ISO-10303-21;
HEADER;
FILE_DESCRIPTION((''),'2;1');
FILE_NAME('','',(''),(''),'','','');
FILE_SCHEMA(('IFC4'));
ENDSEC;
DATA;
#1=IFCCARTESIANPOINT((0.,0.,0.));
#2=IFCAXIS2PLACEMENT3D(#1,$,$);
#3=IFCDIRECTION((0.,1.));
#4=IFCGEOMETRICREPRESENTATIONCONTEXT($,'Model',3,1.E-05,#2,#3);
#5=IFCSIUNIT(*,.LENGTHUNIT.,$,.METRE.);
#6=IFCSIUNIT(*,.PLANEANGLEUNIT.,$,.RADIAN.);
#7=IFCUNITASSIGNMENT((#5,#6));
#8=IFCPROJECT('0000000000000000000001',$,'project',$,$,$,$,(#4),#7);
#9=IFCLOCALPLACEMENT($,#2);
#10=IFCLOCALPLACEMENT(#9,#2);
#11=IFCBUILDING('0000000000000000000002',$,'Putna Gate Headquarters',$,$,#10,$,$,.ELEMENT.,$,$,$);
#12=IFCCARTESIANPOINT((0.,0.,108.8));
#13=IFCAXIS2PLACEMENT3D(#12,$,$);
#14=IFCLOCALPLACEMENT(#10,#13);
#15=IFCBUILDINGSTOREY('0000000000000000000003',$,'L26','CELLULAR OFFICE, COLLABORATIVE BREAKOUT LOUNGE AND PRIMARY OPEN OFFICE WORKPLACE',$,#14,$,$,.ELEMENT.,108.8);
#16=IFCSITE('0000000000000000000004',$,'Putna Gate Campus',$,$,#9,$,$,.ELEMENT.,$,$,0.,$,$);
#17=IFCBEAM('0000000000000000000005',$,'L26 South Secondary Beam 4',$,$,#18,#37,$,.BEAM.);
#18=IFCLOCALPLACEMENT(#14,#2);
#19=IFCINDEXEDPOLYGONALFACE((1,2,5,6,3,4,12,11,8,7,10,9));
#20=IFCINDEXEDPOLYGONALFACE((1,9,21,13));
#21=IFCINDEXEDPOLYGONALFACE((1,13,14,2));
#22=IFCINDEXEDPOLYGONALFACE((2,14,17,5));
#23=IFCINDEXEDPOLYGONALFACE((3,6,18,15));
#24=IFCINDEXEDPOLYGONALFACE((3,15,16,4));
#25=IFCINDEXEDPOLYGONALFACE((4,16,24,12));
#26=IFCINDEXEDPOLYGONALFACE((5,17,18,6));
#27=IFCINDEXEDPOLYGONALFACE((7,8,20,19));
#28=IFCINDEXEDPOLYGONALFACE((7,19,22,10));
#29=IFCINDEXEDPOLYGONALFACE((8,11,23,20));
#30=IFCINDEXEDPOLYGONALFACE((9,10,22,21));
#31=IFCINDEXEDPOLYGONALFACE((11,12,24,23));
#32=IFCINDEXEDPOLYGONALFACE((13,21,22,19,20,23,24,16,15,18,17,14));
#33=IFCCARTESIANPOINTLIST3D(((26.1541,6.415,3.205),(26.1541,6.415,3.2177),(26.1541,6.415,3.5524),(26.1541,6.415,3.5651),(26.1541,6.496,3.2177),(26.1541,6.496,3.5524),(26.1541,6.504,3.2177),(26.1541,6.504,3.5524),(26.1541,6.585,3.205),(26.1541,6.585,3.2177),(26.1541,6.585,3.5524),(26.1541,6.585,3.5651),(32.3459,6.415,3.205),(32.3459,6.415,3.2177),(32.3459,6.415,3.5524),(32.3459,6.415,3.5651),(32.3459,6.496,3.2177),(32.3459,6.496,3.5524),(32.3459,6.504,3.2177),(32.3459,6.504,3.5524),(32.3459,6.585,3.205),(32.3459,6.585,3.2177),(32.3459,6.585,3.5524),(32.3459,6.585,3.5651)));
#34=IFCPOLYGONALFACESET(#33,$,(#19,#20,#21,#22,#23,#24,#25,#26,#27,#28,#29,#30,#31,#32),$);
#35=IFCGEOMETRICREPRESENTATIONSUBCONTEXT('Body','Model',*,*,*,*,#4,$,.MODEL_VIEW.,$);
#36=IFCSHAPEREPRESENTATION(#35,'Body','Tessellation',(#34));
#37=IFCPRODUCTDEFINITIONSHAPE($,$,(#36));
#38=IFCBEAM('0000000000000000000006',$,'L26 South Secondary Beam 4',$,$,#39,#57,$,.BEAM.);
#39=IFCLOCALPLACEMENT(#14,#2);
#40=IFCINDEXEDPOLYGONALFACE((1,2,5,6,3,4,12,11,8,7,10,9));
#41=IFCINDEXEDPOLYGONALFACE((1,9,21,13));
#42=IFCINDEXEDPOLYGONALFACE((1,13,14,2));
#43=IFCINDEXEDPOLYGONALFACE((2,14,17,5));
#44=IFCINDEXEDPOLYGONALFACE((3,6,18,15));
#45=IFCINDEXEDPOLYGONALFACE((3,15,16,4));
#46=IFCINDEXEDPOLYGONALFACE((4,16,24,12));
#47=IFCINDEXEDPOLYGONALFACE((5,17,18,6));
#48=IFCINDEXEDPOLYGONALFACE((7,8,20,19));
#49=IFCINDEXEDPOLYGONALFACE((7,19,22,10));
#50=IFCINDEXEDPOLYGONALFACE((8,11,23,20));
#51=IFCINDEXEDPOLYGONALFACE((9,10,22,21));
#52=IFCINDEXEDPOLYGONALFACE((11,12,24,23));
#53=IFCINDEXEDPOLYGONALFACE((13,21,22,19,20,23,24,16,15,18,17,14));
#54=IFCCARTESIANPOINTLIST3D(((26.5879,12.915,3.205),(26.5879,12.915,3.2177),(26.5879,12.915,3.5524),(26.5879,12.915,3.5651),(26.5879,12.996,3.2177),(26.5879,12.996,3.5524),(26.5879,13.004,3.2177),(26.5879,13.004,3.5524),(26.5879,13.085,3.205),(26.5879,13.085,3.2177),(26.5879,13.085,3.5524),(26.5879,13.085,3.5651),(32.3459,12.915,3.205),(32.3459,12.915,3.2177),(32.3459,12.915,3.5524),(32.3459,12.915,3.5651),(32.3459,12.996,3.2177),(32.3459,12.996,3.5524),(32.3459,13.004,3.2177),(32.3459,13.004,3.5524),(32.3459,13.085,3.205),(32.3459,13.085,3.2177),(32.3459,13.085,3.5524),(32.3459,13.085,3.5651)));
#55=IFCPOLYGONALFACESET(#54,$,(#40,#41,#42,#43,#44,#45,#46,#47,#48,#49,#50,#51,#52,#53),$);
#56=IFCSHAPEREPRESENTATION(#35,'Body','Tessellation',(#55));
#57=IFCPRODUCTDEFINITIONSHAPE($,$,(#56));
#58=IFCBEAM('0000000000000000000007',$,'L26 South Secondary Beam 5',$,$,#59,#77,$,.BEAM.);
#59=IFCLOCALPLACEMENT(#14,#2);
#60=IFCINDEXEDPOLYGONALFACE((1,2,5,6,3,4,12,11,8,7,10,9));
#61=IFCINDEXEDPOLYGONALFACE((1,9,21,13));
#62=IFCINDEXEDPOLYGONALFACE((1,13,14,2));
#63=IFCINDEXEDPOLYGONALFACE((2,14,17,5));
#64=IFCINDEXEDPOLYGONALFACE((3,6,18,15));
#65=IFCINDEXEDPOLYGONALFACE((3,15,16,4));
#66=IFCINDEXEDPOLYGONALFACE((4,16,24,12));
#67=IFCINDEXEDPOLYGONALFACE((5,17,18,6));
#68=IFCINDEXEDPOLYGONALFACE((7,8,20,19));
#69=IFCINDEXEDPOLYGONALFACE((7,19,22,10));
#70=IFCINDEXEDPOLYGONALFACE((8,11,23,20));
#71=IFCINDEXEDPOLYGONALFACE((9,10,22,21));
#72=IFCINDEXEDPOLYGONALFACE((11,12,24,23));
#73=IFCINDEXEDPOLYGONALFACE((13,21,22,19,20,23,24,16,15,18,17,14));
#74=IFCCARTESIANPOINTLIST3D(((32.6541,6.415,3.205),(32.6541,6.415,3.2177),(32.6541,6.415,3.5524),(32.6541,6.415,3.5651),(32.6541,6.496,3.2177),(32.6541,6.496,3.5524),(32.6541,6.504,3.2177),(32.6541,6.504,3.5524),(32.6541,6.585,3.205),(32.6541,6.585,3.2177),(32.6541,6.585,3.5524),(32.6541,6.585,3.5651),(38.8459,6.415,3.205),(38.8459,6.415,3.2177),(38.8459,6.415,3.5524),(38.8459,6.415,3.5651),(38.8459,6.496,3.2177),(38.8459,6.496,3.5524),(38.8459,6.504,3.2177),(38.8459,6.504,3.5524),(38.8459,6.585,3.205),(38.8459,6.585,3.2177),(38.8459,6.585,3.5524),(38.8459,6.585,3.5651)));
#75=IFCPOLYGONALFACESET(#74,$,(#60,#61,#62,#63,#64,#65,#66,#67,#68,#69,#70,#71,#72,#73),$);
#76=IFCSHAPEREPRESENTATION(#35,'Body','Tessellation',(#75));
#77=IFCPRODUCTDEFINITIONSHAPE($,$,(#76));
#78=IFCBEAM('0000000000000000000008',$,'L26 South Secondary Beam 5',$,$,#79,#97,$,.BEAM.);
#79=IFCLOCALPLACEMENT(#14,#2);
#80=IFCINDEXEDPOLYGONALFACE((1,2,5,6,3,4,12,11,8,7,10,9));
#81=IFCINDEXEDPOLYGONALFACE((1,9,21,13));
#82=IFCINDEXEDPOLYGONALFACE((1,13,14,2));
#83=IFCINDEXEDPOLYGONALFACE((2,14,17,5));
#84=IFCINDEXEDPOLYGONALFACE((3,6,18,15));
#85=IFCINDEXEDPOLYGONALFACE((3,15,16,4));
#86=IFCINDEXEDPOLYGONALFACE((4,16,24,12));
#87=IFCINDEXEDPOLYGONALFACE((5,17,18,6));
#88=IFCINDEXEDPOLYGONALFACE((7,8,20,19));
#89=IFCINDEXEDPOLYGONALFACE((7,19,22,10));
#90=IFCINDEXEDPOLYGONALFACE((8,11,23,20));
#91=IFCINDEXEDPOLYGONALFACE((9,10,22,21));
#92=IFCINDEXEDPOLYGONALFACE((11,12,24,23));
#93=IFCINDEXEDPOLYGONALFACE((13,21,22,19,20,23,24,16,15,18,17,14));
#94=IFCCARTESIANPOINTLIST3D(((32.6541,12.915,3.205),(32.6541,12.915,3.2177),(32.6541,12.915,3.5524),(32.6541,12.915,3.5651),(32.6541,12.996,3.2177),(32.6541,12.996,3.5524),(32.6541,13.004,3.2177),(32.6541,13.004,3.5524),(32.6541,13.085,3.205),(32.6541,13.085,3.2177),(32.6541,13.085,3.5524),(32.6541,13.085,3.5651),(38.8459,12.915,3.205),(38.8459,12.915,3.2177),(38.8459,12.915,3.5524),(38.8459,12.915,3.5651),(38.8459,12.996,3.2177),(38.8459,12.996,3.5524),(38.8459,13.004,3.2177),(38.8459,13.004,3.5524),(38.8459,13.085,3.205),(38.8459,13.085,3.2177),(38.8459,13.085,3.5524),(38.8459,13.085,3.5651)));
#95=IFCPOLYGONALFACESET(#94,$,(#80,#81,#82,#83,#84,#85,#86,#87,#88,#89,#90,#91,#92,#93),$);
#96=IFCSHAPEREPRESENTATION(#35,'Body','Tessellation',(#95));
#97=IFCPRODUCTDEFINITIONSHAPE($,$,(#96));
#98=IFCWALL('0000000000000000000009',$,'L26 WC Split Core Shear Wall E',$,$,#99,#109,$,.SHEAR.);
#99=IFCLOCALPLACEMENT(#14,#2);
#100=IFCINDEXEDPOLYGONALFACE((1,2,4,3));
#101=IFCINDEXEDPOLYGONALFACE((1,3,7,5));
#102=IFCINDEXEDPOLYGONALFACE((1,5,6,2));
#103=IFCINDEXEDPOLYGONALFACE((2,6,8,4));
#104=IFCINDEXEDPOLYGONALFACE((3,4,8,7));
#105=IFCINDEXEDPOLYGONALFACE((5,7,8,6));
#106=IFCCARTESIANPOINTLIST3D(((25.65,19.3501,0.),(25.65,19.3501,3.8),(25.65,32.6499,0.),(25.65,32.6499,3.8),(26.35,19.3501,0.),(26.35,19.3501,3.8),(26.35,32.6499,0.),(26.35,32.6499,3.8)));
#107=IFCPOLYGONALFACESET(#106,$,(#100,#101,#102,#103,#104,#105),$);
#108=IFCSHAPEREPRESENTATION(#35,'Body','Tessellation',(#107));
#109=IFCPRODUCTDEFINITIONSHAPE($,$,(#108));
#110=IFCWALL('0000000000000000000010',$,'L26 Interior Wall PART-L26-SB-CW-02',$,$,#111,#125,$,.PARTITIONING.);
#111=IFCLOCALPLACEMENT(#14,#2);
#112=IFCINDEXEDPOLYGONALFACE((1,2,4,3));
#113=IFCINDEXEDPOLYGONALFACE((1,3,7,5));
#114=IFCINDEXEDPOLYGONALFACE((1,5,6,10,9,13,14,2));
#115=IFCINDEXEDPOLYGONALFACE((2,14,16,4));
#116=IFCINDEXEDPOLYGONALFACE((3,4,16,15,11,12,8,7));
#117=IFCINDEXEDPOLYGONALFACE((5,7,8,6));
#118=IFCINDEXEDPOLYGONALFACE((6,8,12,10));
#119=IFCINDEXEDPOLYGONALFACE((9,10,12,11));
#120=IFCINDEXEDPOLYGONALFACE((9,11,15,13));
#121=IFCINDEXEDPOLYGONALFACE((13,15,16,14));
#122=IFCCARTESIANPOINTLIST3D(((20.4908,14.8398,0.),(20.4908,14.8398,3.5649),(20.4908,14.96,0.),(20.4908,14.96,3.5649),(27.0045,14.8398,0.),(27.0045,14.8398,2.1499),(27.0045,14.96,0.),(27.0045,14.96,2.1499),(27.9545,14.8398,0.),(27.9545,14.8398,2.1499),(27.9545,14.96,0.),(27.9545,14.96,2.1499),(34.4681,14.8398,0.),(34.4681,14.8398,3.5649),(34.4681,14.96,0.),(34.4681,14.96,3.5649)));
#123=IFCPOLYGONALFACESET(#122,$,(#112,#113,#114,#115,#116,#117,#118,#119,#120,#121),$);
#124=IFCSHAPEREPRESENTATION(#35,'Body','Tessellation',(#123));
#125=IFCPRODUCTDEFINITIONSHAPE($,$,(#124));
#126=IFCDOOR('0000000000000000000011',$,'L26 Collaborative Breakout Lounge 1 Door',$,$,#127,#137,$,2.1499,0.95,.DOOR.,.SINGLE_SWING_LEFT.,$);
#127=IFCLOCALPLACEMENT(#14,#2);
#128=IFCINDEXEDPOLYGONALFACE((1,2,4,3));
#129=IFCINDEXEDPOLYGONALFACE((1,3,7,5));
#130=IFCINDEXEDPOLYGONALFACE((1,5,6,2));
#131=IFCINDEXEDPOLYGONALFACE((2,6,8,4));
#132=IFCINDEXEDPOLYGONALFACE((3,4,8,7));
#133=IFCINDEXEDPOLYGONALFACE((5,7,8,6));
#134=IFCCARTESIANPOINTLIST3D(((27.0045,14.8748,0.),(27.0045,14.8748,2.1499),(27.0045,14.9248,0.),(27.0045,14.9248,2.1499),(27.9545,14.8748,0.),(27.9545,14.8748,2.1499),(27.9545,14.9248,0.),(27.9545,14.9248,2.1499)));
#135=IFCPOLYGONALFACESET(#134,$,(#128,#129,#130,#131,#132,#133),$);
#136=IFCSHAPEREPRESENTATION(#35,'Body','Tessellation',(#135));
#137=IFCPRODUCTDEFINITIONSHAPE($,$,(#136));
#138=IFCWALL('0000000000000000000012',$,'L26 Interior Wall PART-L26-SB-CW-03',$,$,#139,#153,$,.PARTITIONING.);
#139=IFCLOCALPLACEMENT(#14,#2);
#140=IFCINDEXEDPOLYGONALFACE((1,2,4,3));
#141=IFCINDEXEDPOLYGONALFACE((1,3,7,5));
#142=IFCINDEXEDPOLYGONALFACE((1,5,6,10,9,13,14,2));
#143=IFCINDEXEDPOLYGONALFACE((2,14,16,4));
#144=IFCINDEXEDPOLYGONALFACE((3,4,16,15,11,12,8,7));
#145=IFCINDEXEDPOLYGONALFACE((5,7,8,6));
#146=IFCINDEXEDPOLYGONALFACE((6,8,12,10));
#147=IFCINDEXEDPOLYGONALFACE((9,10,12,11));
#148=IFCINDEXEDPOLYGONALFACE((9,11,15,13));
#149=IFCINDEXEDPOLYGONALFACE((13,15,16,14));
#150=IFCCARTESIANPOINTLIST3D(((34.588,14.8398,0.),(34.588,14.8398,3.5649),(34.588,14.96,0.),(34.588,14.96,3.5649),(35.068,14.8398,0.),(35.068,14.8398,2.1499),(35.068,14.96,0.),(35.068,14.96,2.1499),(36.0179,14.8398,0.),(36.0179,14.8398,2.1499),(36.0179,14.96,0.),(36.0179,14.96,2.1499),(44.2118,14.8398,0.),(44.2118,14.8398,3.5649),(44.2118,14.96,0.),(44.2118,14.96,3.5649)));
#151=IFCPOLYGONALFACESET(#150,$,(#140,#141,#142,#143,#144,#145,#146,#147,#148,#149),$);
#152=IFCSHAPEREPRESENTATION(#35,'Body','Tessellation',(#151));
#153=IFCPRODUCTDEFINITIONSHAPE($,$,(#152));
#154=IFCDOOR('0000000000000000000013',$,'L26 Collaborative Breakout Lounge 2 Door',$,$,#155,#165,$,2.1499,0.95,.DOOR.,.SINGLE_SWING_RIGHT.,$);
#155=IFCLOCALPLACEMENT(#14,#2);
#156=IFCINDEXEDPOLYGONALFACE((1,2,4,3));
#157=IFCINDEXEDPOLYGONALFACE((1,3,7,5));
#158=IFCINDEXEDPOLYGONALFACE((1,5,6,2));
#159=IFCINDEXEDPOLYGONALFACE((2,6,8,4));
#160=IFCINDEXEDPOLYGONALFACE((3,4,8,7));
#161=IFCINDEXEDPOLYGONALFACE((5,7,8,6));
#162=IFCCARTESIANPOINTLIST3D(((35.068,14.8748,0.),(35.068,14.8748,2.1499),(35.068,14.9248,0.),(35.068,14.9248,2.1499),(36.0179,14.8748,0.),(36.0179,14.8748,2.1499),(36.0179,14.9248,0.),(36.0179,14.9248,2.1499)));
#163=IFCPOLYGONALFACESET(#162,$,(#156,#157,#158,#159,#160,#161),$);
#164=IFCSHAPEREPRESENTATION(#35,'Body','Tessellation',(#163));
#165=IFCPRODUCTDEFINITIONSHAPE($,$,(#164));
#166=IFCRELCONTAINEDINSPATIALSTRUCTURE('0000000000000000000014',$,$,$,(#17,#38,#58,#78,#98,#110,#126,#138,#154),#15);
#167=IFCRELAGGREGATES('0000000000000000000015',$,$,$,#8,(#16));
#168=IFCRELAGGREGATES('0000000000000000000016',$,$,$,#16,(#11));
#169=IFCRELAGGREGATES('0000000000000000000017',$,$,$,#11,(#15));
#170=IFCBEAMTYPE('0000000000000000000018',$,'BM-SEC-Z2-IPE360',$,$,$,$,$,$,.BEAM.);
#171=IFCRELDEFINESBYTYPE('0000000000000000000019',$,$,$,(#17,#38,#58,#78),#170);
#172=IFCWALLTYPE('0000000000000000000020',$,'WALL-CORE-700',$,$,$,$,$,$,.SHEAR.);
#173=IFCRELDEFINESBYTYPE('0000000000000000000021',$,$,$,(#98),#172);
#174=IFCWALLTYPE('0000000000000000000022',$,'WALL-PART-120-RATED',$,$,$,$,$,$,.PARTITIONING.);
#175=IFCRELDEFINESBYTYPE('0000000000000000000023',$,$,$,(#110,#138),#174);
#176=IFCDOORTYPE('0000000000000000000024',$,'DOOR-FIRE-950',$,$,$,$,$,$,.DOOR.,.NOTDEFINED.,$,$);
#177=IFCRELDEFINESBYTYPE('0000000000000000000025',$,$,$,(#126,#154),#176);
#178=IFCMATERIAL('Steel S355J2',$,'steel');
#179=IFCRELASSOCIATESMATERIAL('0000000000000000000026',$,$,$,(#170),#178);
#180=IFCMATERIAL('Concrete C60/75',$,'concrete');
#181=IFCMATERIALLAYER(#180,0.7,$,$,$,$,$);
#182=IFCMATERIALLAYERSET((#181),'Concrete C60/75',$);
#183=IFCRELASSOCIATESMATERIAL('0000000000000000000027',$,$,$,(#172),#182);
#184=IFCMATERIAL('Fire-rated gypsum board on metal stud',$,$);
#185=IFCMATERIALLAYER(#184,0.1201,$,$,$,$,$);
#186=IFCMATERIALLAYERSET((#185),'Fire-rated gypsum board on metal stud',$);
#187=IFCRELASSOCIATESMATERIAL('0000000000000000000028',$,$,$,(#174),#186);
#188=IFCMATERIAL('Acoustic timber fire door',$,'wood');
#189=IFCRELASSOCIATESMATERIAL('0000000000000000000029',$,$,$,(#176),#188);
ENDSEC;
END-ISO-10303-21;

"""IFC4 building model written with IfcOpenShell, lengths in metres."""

from ifc_helpers import new_model, si_unit, direction, frame, frame_2d, origin, origin_2d, place, context, subcontext, project, spatial, rectangle, i_section, extrude, material, layer, layer_set, material_profile, profile_set, type_object, element, fill, save


model = new_model("IFC4")

# Units and contexts
model_context = context("Model", 3, precision=1e-05, world=origin(), true_north=direction((0.0, 1.0)))
body_context = subcontext(model_context, "Body", "Model", "MODEL_VIEW")
ifc_project = project(units=[si_unit("LENGTHUNIT", "METRE"), si_unit("PLANEANGLEUNIT", "RADIAN")], contexts=[model_context])

# Site, building, storey
site_placement = place(None, origin())
site = spatial("IfcSite", under=ifc_project, at=site_placement, Name="Putna Gate Campus", CompositionType="ELEMENT", RefElevation=0.0)
building_placement = place(site_placement, origin())
building = spatial("IfcBuilding", under=site, at=building_placement, Name="Putna Gate Headquarters", CompositionType="ELEMENT")
storey_placement = place(building_placement, frame((0.0, 0.0, 108.8)))
storey = spatial("IfcBuildingStorey", under=building, at=storey_placement, Name="L26", Description="CELLULAR OFFICE, COLLABORATIVE BREAKOUT LOUNGE AND PRIMARY OPEN OFFICE WORKPLACE", CompositionType="ELEMENT", Elevation=108.8)

# Shared definitions
ifc_material_1 = material(Name="Concrete C60/75", Category="concrete")

# Beams
ifc_material_2 = material(Name="Steel S355J2", Category="steel")
ifc_material_profile_1 = material_profile(ifc_material_2, i_section(OverallWidth=0.1699, OverallDepth=0.3601, WebThickness=0.0081, FlangeThickness=0.0127, at=origin_2d()), Name="Steel S355J2")
ifc_profile_set_1 = profile_set([ifc_material_profile_1], Name="Steel S355J2")
beam_type_1 = type_object("IfcBeamType", Name="BM-SEC-Z2-IPE360", PredefinedType="BEAM", material=ifc_profile_set_1)
beam_1_placement = place(storey_placement, frame((26.1541, 6.5, 3.385), z_axis=(1.0, 0.0, 0.0), x_axis=(0.0, 1.0, 0.0)))
element("IfcBeam", 1, at=beam_1_placement, inside=storey, type_object=beam_type_1, Name="L26 South Secondary Beam 4", PredefinedType="BEAM", context=body_context, shape_type="SweptSolid", body=[
    extrude(i_section(OverallWidth=0.1699, OverallDepth=0.3601, WebThickness=0.0081, FlangeThickness=0.0127, at=origin_2d()), origin(), (0.0, 0.0, 1.0), 6.1919),
])
beam_2_placement = place(storey_placement, frame((26.5879, 13.0, 3.385), z_axis=(1.0, 0.0, 0.0), x_axis=(0.0, 1.0, 0.0)))
element("IfcBeam", 2, at=beam_2_placement, inside=storey, type_object=beam_type_1, Name="L26 South Secondary Beam 4", PredefinedType="BEAM", context=body_context, shape_type="SweptSolid", body=[
    extrude(i_section(OverallWidth=0.1699, OverallDepth=0.3601, WebThickness=0.0081, FlangeThickness=0.0127, at=origin_2d()), origin(), (0.0, 0.0, 1.0), 5.7581),
])
for number, where, z_axis, x_axis, name in (
    (3, (32.6541, 6.5, 3.385), (1.0, 0.0, 0.0), (0.0, 1.0, 0.0), "L26 South Secondary Beam 5"),
    (4, (32.6541, 13.0, 3.385), (1.0, 0.0, 0.0), (0.0, 1.0, 0.0), "L26 South Secondary Beam 5"),
):
    element("IfcBeam", number, at=place(storey_placement, frame(where, z_axis=z_axis, x_axis=x_axis)), inside=storey, type_object=beam_type_1, Name=name, PredefinedType="BEAM", context=body_context, shape_type="SweptSolid", body=[
        extrude(i_section(OverallWidth=0.1699, OverallDepth=0.3601, WebThickness=0.0081, FlangeThickness=0.0127, at=origin_2d()), origin(), (0.0, 0.0, 1.0), 6.1919),
    ])

# Wall
ifc_layer_1 = layer(ifc_material_1, 0.7)
ifc_layer_set_1 = layer_set([ifc_layer_1], Name="Concrete C60/75")
wall_type_1 = type_object("IfcWallType", Name="WALL-CORE-700", PredefinedType="SHEAR", material=ifc_layer_set_1)
wall_1_placement = place(storey_placement, frame((26.0, 19.3501, 0.0), z_axis=(0.0, 0.0, 1.0), x_axis=(0.0, 1.0, 0.0)))
element("IfcWall", 5, at=wall_1_placement, inside=storey, type_object=wall_type_1, Name="L26 WC Split Core Shear Wall E", PredefinedType="SHEAR", context=body_context, shape_type="SweptSolid", body=[
    extrude(rectangle(XDim=13.2998, YDim=0.7, at=frame_2d((6.6499, 0.0))), origin(), (0.0, 0.0, 1.0), 3.8),
])

# Walls, openings, doors
ifc_material_3 = material(Name="Fire-rated gypsum board on metal stud")
ifc_layer_2 = layer(ifc_material_3, 0.1201)
ifc_layer_set_2 = layer_set([ifc_layer_2], Name="Fire-rated gypsum board on metal stud")
wall_type_2 = type_object("IfcWallType", Name="WALL-PART-120-RATED", PredefinedType="PARTITIONING", material=ifc_layer_set_2)
wall_2_placement = place(storey_placement, frame((20.4907, 14.8999, 0.0), z_axis=(0.0, 0.0, 1.0), x_axis=(1.0, 0.0, 0.0)))
wall_2 = element("IfcWall", 6, at=wall_2_placement, inside=storey, type_object=wall_type_2, Name="L26 Interior Wall PART-L26-SB-CW-02", PredefinedType="PARTITIONING", context=body_context, shape_type="SweptSolid", body=[
    extrude(rectangle(XDim=13.9773, YDim=0.1201, at=frame_2d((6.9888, 0.0))), origin(), (0.0, 0.0, 1.0), 3.5649),
])
opening_1_placement = place(wall_2_placement, frame((6.5137, 0.0, 0.0)))
opening_1 = element("IfcOpeningElement", 7, at=opening_1_placement, cuts=wall_2, PredefinedType="OPENING", context=body_context, shape_type="SweptSolid", body=[
    extrude(rectangle(XDim=0.95, YDim=2.1499, at=frame_2d((0.4751, 1.075))), frame((0.0, 0.0701, 0.0), z_axis=(0.0, -1.0, 0.0), x_axis=(1.0, 0.0, 0.0)), (0.0, 0.0, 1.0), 0.1401),
])
ifc_material_4 = material(Name="Acoustic timber fire door", Category="wood")
door_type_1 = type_object("IfcDoorType", Name="DOOR-FIRE-950", OperationType="NOTDEFINED", PredefinedType="DOOR", material=ifc_material_4)
door_1_placement = place(opening_1_placement, origin())
door_1 = element("IfcDoor", 8, at=door_1_placement, inside=storey, type_object=door_type_1, Name="L26 Collaborative Breakout Lounge 1 Door", OperationType="SINGLE_SWING_LEFT", OverallHeight=2.1499, OverallWidth=0.95, PredefinedType="DOOR", context=body_context, shape_type="SweptSolid", body=[
    extrude(rectangle(XDim=0.95, YDim=2.1499, at=frame_2d((0.4751, 1.075))), frame((0.0, 0.0249, 0.0), z_axis=(0.0, -1.0, 0.0), x_axis=(1.0, 0.0, 0.0)), (0.0, 0.0, 1.0), 0.05),
])
fill(opening_1, door_1)
wall_3_placement = place(storey_placement, frame((34.5879, 14.8999, 0.0), z_axis=(0.0, 0.0, 1.0), x_axis=(1.0, 0.0, 0.0)))
wall_3 = element("IfcWall", 9, at=wall_3_placement, inside=storey, type_object=wall_type_2, Name="L26 Interior Wall PART-L26-SB-CW-03", PredefinedType="PARTITIONING", context=body_context, shape_type="SweptSolid", body=[
    extrude(rectangle(XDim=9.6238, YDim=0.1201, at=frame_2d((4.812, 0.0))), origin(), (0.0, 0.0, 1.0), 3.5649),
])
opening_2_placement = place(wall_3_placement, frame((0.48, 0.0, 0.0)))
opening_2 = element("IfcOpeningElement", 10, at=opening_2_placement, cuts=wall_3, PredefinedType="OPENING", context=body_context, shape_type="SweptSolid", body=[
    extrude(rectangle(XDim=0.95, YDim=2.1499, at=frame_2d((0.4751, 1.075))), frame((0.0, 0.0701, 0.0), z_axis=(0.0, -1.0, 0.0), x_axis=(1.0, 0.0, 0.0)), (0.0, 0.0, 1.0), 0.1401),
])
door_2_placement = place(opening_2_placement, origin())
door_2 = element("IfcDoor", 11, at=door_2_placement, inside=storey, type_object=door_type_1, Name="L26 Collaborative Breakout Lounge 2 Door", OperationType="SINGLE_SWING_RIGHT", OverallHeight=2.1499, OverallWidth=0.95, PredefinedType="DOOR", context=body_context, shape_type="SweptSolid", body=[
    extrude(rectangle(XDim=0.95, YDim=2.1499, at=frame_2d((0.4751, 1.075))), frame((0.0, 0.0249, 0.0), z_axis=(0.0, -1.0, 0.0), x_axis=(1.0, 0.0, 0.0)), (0.0, 0.0, 1.0), 0.05),
])
fill(opening_2, door_2)

save(model, "model.ifc")
